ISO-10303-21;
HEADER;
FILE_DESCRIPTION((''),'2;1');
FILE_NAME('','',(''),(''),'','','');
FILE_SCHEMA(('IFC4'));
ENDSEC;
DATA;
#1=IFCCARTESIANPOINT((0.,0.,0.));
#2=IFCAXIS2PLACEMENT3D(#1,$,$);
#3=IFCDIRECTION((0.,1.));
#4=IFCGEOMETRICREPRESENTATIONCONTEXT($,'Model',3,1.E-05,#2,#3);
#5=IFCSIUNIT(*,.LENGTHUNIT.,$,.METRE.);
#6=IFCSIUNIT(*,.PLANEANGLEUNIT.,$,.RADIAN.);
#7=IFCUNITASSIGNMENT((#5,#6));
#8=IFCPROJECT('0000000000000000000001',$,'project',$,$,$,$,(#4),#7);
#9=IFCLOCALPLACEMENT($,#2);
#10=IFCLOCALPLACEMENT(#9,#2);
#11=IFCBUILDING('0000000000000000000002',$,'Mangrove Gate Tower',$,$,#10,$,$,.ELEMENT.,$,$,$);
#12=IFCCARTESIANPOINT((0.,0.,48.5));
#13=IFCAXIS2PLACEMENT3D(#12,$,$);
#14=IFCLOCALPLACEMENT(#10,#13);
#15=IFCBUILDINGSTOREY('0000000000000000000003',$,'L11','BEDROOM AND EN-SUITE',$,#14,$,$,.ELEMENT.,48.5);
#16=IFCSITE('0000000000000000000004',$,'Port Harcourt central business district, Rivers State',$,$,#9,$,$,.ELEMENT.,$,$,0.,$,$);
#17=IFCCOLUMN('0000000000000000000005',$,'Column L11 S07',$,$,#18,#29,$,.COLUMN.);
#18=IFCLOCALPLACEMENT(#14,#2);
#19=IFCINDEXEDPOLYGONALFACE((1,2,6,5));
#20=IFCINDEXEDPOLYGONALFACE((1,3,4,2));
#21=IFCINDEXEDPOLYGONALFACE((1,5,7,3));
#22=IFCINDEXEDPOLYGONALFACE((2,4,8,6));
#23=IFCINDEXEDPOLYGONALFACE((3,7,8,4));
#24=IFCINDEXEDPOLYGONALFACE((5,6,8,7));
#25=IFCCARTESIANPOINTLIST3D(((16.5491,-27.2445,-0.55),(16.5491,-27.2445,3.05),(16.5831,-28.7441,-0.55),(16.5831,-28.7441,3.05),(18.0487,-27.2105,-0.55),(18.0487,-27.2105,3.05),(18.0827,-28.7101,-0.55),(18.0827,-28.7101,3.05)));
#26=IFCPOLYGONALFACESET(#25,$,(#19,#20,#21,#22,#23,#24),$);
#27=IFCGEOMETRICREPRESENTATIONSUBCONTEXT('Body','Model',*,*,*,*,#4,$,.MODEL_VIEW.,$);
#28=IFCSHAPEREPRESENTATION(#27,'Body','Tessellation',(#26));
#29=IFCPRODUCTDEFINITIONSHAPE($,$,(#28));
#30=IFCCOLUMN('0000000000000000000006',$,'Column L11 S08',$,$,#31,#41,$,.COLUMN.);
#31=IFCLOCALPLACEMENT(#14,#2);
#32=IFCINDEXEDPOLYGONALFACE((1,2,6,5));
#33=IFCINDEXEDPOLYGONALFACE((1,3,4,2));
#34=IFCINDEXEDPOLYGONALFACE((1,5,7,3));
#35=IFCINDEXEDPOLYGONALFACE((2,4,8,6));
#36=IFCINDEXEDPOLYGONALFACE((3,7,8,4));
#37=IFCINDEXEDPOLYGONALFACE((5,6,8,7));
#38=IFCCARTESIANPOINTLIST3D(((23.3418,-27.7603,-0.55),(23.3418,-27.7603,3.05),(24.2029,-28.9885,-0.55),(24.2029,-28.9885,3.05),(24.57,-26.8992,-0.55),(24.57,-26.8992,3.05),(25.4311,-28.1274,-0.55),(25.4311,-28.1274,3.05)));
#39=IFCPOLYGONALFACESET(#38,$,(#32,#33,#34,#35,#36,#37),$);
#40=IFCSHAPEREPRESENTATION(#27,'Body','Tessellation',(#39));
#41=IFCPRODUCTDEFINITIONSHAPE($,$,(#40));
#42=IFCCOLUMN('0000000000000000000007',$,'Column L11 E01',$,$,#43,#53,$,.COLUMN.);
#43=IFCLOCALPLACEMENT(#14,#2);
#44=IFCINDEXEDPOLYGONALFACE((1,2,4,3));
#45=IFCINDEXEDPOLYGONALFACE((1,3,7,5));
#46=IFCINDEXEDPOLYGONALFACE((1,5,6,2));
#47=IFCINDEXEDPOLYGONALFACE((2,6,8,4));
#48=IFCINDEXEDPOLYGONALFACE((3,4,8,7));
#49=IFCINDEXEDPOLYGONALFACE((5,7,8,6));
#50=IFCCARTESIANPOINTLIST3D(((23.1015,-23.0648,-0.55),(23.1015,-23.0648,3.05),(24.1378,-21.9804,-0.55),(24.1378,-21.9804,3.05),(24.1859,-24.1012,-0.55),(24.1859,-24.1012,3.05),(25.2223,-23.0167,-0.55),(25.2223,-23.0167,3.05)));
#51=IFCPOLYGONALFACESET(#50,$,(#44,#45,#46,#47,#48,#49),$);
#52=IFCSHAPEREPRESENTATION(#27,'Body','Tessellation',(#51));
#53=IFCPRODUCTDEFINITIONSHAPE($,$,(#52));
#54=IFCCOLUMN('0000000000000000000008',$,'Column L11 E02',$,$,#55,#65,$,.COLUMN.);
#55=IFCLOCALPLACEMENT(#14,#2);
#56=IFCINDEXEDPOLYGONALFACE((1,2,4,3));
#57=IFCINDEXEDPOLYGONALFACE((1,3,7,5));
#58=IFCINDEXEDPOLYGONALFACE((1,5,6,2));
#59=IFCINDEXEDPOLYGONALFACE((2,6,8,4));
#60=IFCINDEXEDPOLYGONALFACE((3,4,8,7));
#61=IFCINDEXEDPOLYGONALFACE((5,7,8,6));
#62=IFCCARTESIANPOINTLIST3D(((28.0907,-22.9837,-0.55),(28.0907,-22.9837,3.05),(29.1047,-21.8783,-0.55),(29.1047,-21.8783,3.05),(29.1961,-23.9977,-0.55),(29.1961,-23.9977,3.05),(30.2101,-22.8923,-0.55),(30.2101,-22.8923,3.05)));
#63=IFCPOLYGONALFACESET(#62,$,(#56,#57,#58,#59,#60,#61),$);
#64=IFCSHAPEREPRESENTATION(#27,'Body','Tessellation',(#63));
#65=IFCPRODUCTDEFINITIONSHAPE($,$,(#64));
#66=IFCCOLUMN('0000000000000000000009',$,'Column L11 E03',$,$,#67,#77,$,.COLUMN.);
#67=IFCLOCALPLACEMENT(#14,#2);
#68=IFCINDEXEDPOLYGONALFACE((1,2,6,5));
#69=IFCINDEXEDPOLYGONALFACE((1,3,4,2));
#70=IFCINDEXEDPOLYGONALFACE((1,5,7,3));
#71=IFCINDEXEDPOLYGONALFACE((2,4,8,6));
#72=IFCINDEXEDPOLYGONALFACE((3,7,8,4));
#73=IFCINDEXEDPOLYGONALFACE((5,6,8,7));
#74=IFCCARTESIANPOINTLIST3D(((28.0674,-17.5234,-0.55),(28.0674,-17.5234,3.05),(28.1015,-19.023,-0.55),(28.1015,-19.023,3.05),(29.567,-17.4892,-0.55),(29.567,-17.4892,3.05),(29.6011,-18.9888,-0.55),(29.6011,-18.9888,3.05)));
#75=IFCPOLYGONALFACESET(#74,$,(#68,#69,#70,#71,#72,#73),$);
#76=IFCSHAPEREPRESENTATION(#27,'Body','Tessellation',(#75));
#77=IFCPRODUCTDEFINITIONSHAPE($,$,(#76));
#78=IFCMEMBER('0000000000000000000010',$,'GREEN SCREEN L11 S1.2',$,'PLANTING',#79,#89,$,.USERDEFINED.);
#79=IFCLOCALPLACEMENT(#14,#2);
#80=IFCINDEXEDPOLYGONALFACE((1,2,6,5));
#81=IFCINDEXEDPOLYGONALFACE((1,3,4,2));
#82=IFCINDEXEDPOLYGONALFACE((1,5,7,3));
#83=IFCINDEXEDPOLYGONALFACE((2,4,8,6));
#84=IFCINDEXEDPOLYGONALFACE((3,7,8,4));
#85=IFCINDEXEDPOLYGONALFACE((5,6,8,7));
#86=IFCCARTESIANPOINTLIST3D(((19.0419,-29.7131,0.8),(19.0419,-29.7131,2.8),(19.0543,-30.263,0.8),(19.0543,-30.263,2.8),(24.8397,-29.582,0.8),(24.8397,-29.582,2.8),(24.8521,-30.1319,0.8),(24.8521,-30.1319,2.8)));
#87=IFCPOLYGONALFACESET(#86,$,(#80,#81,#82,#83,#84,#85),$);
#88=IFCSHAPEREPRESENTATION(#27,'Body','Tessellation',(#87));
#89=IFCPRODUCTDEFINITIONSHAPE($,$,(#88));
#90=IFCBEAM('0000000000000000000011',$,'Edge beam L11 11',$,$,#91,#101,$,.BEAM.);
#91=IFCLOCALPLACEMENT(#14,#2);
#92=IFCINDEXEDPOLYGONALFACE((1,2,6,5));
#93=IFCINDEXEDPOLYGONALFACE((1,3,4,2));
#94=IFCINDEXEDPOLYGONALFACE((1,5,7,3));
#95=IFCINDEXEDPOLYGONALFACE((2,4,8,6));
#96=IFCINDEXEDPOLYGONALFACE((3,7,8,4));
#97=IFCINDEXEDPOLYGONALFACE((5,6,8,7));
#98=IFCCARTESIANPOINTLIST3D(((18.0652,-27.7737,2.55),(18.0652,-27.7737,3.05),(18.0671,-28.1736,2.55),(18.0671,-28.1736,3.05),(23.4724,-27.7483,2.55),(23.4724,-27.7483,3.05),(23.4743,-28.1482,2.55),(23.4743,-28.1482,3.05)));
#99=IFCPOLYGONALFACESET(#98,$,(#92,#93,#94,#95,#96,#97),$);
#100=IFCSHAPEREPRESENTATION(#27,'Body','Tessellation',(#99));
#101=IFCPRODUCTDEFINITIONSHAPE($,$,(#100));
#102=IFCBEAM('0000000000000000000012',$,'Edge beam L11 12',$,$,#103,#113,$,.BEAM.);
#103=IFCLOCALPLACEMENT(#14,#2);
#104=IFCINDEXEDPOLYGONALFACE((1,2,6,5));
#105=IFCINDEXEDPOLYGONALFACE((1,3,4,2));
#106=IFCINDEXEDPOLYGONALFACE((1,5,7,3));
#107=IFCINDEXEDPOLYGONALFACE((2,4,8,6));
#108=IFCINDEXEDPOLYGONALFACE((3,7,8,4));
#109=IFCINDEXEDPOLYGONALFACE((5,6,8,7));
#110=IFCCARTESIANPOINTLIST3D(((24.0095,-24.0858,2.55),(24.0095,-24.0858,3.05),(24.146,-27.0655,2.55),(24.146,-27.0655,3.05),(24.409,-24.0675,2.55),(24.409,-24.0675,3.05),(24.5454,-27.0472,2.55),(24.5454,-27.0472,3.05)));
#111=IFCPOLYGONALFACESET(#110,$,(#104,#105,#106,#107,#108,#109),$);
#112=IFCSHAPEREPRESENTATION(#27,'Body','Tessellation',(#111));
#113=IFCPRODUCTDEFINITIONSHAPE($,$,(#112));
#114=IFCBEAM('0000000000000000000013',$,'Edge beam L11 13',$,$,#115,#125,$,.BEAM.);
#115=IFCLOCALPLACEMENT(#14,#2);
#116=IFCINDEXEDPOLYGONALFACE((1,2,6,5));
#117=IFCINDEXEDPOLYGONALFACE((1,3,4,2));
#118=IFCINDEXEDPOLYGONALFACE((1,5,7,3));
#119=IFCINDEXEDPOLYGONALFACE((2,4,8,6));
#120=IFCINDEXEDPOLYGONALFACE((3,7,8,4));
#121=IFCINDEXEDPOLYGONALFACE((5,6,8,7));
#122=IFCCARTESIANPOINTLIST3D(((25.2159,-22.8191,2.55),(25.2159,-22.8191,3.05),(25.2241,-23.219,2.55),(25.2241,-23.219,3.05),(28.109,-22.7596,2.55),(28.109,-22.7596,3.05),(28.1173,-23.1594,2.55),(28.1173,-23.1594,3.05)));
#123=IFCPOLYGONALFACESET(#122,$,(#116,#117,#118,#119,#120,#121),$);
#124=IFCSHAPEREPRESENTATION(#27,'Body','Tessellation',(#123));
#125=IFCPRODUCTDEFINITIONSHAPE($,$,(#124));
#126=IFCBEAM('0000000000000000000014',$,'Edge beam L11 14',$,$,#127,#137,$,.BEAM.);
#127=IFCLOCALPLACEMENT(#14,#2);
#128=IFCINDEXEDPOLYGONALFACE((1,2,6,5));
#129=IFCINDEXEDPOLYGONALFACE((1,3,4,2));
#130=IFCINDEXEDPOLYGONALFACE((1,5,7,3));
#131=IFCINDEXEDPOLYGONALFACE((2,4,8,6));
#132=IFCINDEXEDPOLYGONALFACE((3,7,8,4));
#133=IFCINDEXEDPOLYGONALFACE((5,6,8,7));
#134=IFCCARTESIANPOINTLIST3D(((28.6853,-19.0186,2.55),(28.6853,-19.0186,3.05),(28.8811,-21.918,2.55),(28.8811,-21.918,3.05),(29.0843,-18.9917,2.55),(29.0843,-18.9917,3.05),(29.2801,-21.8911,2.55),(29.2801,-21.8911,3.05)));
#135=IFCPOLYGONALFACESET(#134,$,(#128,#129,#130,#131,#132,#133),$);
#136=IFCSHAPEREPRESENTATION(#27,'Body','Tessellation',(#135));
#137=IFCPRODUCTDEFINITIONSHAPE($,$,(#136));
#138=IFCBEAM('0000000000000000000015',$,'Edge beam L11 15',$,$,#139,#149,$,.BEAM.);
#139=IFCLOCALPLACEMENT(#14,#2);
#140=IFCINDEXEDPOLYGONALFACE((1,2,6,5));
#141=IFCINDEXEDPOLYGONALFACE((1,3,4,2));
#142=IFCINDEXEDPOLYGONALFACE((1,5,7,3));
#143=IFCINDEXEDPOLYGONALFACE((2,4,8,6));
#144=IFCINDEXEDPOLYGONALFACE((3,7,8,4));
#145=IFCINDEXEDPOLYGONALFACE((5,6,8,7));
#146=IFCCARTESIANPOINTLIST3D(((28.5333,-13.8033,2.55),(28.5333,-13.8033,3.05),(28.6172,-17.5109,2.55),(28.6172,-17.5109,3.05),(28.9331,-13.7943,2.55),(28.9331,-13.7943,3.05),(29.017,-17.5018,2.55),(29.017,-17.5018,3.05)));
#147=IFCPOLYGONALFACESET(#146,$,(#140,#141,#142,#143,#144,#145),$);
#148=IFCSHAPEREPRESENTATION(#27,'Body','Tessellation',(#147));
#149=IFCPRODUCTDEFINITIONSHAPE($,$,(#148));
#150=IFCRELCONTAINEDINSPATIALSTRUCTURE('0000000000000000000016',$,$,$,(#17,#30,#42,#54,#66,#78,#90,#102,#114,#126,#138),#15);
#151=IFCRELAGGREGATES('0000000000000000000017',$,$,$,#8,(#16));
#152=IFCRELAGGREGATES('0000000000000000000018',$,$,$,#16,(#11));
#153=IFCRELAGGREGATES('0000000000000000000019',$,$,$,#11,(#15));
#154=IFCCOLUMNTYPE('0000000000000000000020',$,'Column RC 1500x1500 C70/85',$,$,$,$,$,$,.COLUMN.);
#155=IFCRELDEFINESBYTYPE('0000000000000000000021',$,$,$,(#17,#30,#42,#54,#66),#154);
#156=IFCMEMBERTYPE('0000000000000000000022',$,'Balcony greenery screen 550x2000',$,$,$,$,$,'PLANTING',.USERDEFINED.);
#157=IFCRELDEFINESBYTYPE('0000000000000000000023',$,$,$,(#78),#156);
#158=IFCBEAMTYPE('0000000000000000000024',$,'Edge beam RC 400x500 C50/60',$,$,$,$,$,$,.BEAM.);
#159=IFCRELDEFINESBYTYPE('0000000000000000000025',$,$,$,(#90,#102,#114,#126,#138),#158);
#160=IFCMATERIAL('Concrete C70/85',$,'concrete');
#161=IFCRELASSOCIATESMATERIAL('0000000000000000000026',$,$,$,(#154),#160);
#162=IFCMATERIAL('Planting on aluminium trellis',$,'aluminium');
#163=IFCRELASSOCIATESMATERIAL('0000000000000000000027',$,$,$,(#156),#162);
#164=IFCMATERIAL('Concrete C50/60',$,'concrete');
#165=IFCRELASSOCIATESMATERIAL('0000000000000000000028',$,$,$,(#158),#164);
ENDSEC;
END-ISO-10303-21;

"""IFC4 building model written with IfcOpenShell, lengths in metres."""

from ifc_helpers import new_model, si_unit, direction, frame, origin, origin_2d, place, context, subcontext, project, spatial, rectangle, extrude, material, material_profile, profile_set, type_object, element, save


model = new_model("IFC4")

# Units and contexts
model_context = context("Model", 3, precision=1e-05, world=origin(), true_north=direction((0.0, 1.0)))
body_context = subcontext(model_context, "Body", "Model", "MODEL_VIEW")
ifc_project = project(units=[si_unit("LENGTHUNIT", "METRE"), si_unit("PLANEANGLEUNIT", "RADIAN")], contexts=[model_context])

# Site, building, storey
site_placement = place(None, origin())
site = spatial("IfcSite", under=ifc_project, at=site_placement, Name="Port Harcourt central business district, Rivers State", CompositionType="ELEMENT", RefElevation=0.0)
building_placement = place(site_placement, origin())
building = spatial("IfcBuilding", under=site, at=building_placement, Name="Mangrove Gate Tower", CompositionType="ELEMENT")
storey_placement = place(building_placement, frame((0.0, 0.0, 48.5)))
storey = spatial("IfcBuildingStorey", under=building, at=storey_placement, Name="L11", Description="BEDROOM AND EN-SUITE", CompositionType="ELEMENT", Elevation=48.5)

# Columns
ifc_material_1 = material(Name="Concrete C70/85", Category="concrete")
ifc_material_profile_1 = material_profile(ifc_material_1, rectangle(XDim=1.5, YDim=1.5, at=origin_2d()))
ifc_profile_set_1 = profile_set([ifc_material_profile_1], Name="Concrete C70/85")
column_type = type_object("IfcColumnType", Name="Column RC 1500x1500 C70/85", PredefinedType="COLUMN", material=ifc_profile_set_1)
for number, where, z_axis, x_axis, name in (
    (1, (17.3159, -27.9773, -0.55), (0.0, 0.0, 1.0), (0.999744, 0.022644, 0.0), "Column L11 S07"),
    (2, (24.3865, -27.9438, -0.55), (0.0, 0.0, 1.0), (0.818799, 0.574081, 0.0), "Column L11 S08"),
    (3, (24.1619, -23.0408, -0.55), (0.0, 0.0, 1.0), (0.690876, 0.722973, 0.0), "Column L11 E01"),
    (4, (29.1504, -22.938, -0.55), (0.0, 0.0, 1.0), (0.675975, 0.736924, 0.0), "Column L11 E02"),
    (5, (28.8342, -18.2561, -0.55), (0.0, 0.0, 1.0), (-0.022754, 0.999741, 0.0), "Column L11 E03"),
):
    element("IfcColumn", number, at=place(storey_placement, frame(where, z_axis=z_axis, x_axis=x_axis)), inside=storey, type_object=column_type, Name=name, PredefinedType="COLUMN", context=body_context, shape_type="SweptSolid", body=[
        extrude(rectangle(XDim=1.5, YDim=1.5, at=origin_2d()), origin(), (0.0, 0.0, 1.0), 3.6001),
    ])

# Member
ifc_material_2 = material(Name="Planting on aluminium trellis", Category="aluminium")
ifc_material_profile_2 = material_profile(ifc_material_2, rectangle(XDim=0.55, YDim=2.0, at=origin_2d()))
ifc_profile_set_2 = profile_set([ifc_material_profile_2], Name="Planting on aluminium trellis")
member_type = type_object("IfcMemberType", Name="Balcony greenery screen 550x2000", ElementType="PLANTING", PredefinedType="USERDEFINED", material=ifc_profile_set_2)
member_placement = place(storey_placement, frame((19.0481, -29.988, 1.8), z_axis=(0.999744, 0.022607, 0.0), x_axis=(-0.022607, 0.999744, 0.0)))
element("IfcMember", 6, at=member_placement, inside=storey, type_object=member_type, Name="GREEN SCREEN L11 S1.2", ObjectType="PLANTING", PredefinedType="USERDEFINED", context=body_context, shape_type="SweptSolid", body=[
    extrude(rectangle(XDim=0.55, YDim=2.0, at=origin_2d()), origin(), (0.0, 0.0, 1.0), 5.7993),
])

# Beams
ifc_material_3 = material(Name="Concrete C50/60", Category="concrete")
ifc_material_profile_3 = material_profile(ifc_material_3, rectangle(XDim=0.3999, YDim=0.5, at=origin_2d()))
ifc_profile_set_3 = profile_set([ifc_material_profile_3], Name="Concrete C50/60")
beam_type = type_object("IfcBeamType", Name="Edge beam RC 400x500 C50/60", PredefinedType="BEAM", material=ifc_profile_set_3)
beam_1_placement = place(storey_placement, frame((18.0662, -27.9736, 2.8), z_axis=(0.999989, 0.004696, 0.0), x_axis=(-0.004696, 0.999989, 0.0)))
element("IfcBeam", 7, at=beam_1_placement, inside=storey, type_object=beam_type, Name="Edge beam L11 11", PredefinedType="BEAM", context=body_context, shape_type="SweptSolid", body=[
    extrude(rectangle(XDim=0.3999, YDim=0.5, at=origin_2d()), origin(), (0.0, 0.0, 1.0), 5.4072),
])
beam_2_placement = place(storey_placement, frame((24.3457, -27.0564, 2.8), z_axis=(-0.045753, 0.998953, 0.0), x_axis=(-0.998953, -0.045753, 0.0)))
element("IfcBeam", 8, at=beam_2_placement, inside=storey, type_object=beam_type, Name="Edge beam L11 12", PredefinedType="BEAM", context=body_context, shape_type="SweptSolid", body=[
    extrude(rectangle(XDim=0.3999, YDim=0.5, at=origin_2d()), origin(), (0.0, 0.0, 1.0), 2.9829),
])
beam_3_placement = place(storey_placement, frame((25.22, -23.019, 2.8), z_axis=(0.999788, 0.020586, 0.0), x_axis=(-0.020586, 0.999788, 0.0)))
element("IfcBeam", 9, at=beam_3_placement, inside=storey, type_object=beam_type, Name="Edge beam L11 13", PredefinedType="BEAM", context=body_context, shape_type="SweptSolid", body=[
    extrude(rectangle(XDim=0.3999, YDim=0.5, at=origin_2d()), origin(), (0.0, 0.0, 1.0), 2.8938),
])
beam_4_placement = place(storey_placement, frame((29.0806, -21.9045, 2.8), z_axis=(-0.067378, 0.997728, 0.0), x_axis=(-0.997728, -0.067378, 0.0)))
element("IfcBeam", 10, at=beam_4_placement, inside=storey, type_object=beam_type, Name="Edge beam L11 14", PredefinedType="BEAM", context=body_context, shape_type="SweptSolid", body=[
    extrude(rectangle(XDim=0.3999, YDim=0.5, at=origin_2d()), origin(), (0.0, 0.0, 1.0), 2.906),
])
beam_5_placement = place(storey_placement, frame((28.8171, -17.5063, 2.8), z_axis=(-0.022647, 0.999744, 0.0), x_axis=(-0.999744, -0.022647, 0.0)))
element("IfcBeam", 11, at=beam_5_placement, inside=storey, type_object=beam_type, Name="Edge beam L11 15", PredefinedType="BEAM", context=body_context, shape_type="SweptSolid", body=[
    extrude(rectangle(XDim=0.3999, YDim=0.5, at=origin_2d()), origin(), (0.0, 0.0, 1.0), 3.7085),
])

save(model, "model.ifc")
